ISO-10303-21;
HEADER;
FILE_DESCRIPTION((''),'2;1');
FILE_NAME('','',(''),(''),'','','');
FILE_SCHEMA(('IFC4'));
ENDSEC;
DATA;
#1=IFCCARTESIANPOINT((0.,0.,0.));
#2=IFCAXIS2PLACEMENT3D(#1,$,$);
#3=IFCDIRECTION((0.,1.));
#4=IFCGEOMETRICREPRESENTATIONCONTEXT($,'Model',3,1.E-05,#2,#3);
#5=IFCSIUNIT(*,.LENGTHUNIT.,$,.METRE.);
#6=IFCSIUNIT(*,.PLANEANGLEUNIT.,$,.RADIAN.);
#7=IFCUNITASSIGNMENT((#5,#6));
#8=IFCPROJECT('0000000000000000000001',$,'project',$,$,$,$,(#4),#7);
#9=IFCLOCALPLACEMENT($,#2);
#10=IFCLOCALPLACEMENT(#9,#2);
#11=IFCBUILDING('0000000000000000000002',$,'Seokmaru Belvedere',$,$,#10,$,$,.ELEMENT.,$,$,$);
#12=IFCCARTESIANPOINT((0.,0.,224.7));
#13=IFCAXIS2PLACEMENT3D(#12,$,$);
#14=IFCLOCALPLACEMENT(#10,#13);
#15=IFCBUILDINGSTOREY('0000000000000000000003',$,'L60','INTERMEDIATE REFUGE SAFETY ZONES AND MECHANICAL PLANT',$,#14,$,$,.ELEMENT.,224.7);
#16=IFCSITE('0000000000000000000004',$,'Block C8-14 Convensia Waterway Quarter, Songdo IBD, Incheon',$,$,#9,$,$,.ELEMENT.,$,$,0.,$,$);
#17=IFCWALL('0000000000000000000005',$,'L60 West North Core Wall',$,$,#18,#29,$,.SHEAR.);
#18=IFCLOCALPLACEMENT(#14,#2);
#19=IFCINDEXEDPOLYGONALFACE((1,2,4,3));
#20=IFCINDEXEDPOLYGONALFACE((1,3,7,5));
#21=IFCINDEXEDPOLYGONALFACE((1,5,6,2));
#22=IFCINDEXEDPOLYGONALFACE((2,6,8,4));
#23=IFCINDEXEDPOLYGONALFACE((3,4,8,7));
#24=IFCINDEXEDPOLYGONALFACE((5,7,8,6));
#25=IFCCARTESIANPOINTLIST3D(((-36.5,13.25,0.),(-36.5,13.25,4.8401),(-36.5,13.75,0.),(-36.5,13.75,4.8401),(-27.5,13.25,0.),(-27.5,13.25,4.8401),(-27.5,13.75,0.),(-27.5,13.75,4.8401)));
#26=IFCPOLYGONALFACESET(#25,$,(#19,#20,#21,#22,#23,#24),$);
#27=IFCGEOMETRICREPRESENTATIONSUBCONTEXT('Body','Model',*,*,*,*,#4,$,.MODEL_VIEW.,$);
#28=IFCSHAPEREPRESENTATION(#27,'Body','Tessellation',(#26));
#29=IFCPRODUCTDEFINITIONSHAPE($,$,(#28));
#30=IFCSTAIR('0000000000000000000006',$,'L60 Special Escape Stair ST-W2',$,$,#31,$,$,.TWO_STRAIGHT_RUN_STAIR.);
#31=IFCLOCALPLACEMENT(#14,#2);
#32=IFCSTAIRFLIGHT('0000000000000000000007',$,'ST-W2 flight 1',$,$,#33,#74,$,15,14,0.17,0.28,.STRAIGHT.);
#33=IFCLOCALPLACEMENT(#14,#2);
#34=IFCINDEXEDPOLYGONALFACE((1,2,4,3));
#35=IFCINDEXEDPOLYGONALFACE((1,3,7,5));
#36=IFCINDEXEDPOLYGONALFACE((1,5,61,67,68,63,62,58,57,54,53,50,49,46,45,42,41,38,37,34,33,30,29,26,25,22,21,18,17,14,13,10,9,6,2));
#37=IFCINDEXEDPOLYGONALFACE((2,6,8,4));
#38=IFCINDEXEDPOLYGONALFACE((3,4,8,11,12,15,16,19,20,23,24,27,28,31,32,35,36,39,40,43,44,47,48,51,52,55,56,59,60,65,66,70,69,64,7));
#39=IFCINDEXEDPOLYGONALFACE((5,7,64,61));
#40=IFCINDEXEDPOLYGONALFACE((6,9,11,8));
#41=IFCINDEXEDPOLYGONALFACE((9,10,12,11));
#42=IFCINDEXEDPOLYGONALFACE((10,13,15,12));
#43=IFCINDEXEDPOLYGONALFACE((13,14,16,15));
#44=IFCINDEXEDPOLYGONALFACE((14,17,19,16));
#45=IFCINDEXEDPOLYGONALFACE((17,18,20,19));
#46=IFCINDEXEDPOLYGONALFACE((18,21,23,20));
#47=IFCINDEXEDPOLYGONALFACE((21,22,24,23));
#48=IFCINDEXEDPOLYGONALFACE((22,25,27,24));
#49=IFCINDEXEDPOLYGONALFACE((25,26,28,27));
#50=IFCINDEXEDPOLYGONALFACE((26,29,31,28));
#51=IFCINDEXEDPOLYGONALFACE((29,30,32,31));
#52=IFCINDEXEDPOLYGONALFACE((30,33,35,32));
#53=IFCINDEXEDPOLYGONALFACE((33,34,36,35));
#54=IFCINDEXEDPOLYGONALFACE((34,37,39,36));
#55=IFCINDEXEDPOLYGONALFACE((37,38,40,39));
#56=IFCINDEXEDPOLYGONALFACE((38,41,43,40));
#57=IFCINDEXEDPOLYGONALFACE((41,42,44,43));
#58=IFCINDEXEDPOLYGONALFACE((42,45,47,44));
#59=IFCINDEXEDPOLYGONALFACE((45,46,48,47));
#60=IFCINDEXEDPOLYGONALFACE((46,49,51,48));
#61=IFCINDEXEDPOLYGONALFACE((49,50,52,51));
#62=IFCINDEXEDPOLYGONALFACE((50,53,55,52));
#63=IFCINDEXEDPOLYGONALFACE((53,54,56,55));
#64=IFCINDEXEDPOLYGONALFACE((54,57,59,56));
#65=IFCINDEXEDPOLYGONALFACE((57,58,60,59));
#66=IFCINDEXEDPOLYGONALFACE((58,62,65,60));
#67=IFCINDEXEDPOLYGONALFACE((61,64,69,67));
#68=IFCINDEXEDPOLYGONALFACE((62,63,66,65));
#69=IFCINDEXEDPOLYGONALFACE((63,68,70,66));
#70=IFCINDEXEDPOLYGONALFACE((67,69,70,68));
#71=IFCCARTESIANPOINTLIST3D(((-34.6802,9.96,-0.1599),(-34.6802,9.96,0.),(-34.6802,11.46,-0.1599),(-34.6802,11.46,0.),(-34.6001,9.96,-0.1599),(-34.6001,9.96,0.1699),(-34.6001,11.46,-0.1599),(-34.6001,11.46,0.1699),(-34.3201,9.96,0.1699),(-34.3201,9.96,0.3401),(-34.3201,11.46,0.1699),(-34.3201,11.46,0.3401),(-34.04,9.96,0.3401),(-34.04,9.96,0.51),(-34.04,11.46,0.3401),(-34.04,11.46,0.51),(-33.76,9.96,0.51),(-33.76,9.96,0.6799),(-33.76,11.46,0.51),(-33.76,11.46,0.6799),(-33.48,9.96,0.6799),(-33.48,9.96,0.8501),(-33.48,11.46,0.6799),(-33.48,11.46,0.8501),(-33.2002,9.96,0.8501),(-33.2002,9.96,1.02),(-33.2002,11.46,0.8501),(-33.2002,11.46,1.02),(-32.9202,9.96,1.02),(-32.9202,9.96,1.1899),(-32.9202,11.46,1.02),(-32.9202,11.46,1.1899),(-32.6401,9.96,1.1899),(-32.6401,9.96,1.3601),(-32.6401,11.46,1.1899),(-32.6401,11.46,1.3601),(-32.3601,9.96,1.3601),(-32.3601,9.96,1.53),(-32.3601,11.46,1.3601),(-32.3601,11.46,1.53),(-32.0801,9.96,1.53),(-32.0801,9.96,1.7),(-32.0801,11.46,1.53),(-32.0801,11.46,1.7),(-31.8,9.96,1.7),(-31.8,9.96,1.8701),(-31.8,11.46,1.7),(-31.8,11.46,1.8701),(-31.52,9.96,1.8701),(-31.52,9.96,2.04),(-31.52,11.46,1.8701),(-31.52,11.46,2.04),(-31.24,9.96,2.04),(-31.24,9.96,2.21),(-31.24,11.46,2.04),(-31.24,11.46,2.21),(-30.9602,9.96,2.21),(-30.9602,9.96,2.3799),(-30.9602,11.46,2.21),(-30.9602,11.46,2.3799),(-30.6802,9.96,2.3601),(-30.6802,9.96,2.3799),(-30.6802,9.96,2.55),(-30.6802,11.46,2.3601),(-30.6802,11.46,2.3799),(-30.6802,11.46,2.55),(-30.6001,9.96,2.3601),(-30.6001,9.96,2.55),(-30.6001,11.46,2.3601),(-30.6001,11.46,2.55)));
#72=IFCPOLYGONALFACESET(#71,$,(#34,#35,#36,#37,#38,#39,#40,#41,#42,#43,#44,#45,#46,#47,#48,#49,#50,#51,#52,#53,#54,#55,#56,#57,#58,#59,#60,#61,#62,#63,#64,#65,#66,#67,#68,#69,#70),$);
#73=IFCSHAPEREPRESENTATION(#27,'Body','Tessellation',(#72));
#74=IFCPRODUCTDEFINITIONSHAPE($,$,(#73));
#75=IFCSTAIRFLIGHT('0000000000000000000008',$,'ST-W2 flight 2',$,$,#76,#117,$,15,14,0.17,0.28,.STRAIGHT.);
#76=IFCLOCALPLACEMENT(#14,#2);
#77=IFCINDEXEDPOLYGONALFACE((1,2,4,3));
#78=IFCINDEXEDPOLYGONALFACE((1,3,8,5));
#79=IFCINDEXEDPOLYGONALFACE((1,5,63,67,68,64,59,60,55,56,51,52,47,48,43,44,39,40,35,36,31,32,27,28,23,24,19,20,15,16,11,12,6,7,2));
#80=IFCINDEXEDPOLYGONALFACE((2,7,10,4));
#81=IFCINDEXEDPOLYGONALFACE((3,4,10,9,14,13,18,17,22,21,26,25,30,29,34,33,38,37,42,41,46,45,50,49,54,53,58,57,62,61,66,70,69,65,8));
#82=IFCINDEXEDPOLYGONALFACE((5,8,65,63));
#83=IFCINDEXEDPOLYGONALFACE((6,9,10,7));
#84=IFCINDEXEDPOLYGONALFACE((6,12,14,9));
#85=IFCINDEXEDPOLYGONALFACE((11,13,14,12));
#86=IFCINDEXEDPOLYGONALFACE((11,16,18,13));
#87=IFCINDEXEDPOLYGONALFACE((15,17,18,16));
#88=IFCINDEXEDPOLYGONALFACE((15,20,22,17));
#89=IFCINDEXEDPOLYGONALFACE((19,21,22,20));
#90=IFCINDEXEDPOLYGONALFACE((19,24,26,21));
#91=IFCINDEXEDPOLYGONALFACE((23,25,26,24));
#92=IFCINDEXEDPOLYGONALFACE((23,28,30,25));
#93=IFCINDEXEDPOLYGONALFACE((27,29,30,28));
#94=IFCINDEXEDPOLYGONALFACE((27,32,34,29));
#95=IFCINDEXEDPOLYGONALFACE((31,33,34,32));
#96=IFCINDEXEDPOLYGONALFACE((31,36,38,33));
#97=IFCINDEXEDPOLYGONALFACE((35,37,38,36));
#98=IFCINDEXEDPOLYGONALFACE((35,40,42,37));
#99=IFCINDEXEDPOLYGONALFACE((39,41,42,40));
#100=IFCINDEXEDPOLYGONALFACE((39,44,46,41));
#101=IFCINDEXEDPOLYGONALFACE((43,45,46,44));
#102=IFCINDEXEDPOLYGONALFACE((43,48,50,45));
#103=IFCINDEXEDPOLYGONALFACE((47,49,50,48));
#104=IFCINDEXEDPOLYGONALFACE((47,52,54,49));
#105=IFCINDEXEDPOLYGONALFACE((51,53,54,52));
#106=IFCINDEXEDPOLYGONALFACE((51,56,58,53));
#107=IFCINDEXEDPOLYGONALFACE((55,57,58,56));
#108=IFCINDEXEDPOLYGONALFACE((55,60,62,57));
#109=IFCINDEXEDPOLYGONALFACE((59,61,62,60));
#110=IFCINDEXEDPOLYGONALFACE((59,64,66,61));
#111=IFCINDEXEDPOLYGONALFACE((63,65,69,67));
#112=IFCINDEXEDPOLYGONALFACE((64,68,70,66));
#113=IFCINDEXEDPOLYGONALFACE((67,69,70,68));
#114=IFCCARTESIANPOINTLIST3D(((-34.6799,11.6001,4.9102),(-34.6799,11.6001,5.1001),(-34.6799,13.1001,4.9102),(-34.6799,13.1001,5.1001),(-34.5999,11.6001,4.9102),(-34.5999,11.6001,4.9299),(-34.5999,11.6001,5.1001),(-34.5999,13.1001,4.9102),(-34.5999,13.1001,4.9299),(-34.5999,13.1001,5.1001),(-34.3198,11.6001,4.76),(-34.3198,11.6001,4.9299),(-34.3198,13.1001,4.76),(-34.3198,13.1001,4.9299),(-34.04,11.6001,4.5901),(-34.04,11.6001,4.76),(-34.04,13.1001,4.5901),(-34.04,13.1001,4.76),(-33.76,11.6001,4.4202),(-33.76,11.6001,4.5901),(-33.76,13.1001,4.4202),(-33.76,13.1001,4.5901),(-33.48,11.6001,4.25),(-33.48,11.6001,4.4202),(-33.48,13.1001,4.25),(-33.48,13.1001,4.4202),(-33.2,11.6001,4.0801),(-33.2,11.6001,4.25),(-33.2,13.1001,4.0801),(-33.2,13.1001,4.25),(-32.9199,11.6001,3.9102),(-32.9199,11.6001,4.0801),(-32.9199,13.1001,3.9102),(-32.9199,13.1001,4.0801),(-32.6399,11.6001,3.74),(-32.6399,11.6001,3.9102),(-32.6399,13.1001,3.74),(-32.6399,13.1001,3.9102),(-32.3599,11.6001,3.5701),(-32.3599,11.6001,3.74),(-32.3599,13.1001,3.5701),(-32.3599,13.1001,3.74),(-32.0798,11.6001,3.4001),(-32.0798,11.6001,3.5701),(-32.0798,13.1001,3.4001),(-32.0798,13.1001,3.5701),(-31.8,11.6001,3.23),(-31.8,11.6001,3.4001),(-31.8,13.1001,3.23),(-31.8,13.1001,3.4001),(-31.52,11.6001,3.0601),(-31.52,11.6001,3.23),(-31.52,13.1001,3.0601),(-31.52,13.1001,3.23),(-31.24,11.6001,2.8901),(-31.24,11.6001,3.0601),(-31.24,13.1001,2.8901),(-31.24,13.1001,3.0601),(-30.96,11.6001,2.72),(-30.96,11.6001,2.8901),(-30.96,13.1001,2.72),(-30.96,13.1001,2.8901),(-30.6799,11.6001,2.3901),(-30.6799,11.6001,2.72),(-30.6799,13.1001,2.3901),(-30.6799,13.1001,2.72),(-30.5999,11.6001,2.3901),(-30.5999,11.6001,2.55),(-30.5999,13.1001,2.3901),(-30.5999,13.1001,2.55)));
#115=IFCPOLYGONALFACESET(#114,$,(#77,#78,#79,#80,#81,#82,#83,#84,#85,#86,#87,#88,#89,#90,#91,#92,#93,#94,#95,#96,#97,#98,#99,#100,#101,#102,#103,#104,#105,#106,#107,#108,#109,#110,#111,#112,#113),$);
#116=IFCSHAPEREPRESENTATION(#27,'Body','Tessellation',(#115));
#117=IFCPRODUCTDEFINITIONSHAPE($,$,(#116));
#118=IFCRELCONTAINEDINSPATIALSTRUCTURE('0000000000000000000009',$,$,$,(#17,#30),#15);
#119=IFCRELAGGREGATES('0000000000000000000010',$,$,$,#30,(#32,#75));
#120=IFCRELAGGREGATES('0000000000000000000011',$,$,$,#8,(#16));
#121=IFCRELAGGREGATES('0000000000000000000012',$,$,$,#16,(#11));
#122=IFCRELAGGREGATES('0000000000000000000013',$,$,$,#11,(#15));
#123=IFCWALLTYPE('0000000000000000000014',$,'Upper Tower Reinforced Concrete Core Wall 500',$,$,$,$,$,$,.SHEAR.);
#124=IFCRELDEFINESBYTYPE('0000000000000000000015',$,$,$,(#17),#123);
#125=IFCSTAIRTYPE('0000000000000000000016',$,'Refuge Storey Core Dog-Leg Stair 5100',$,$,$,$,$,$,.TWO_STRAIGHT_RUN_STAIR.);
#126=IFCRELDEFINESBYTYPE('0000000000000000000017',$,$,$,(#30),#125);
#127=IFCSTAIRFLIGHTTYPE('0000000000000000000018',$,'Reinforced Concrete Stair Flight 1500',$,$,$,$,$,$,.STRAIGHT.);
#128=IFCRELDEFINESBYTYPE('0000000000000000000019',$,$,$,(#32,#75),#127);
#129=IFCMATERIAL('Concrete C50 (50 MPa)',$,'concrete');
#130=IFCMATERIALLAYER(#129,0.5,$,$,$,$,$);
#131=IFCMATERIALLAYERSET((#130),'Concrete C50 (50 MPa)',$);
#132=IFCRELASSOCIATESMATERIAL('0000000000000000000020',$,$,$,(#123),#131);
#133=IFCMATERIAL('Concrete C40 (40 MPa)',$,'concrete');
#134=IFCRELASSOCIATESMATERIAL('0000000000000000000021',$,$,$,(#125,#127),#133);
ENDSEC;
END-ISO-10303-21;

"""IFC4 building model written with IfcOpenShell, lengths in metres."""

from ifc_helpers import new_model, si_unit, direction, frame, frame_2d, origin, place, context, subcontext, project, spatial, polyline, rectangle, outline, extrude, material, layer, layer_set, type_object, element, aggregate, save


model = new_model("IFC4")

# Units and contexts
model_context = context("Model", 3, precision=1e-05, world=origin(), true_north=direction((0.0, 1.0)))
body_context = subcontext(model_context, "Body", "Model", "MODEL_VIEW")
ifc_project = project(units=[si_unit("LENGTHUNIT", "METRE"), si_unit("PLANEANGLEUNIT", "RADIAN")], contexts=[model_context])

# Site, building, storey
site_placement = place(None, origin())
site = spatial("IfcSite", under=ifc_project, at=site_placement, Name="Block C8-14 Convensia Waterway Quarter, Songdo IBD, Incheon", CompositionType="ELEMENT", RefElevation=0.0)
building_placement = place(site_placement, origin())
building = spatial("IfcBuilding", under=site, at=building_placement, Name="Seokmaru Belvedere", CompositionType="ELEMENT")
storey_placement = place(building_placement, frame((0.0, 0.0, 224.7)))
storey = spatial("IfcBuildingStorey", under=building, at=storey_placement, Name="L60", Description="INTERMEDIATE REFUGE SAFETY ZONES AND MECHANICAL PLANT", CompositionType="ELEMENT", Elevation=224.7)

# Shared definitions
ifc_material_1 = material(Name="Concrete C50 (50 MPa)", Category="concrete")

# Wall
ifc_material_2 = material(Name="Concrete C40 (40 MPa)", Category="concrete")
ifc_layer_1 = layer(ifc_material_1, 0.5)
ifc_layer_set_1 = layer_set([ifc_layer_1], Name="Concrete C50 (50 MPa)")
wall_type_1 = type_object("IfcWallType", Name="Upper Tower Reinforced Concrete Core Wall 500", PredefinedType="SHEAR", material=ifc_layer_set_1)
wall_1_placement = place(storey_placement, frame((-36.5, 13.5, 0.0), z_axis=(0.0, 0.0, 1.0), x_axis=(1.0, 0.0, 0.0)))
element("IfcWall", 1, at=wall_1_placement, inside=storey, type_object=wall_type_1, Name="L60 West North Core Wall", PredefinedType="SHEAR", context=body_context, shape_type="SweptSolid", body=[
    extrude(rectangle(XDim=9.0, YDim=0.5, at=frame_2d((4.5, 0.0))), origin(), (0.0, 0.0, 1.0), 4.8401),
])

# Stair, stair flights
stair_type = type_object("IfcStairType", Name="Refuge Storey Core Dog-Leg Stair 5100", PredefinedType="TWO_STRAIGHT_RUN_STAIR", material=ifc_material_2)
stair_placement = place(storey_placement, origin())
stair = element("IfcStair", 2, at=stair_placement, inside=storey, type_object=stair_type, Name="L60 Special Escape Stair ST-W2", PredefinedType="TWO_STRAIGHT_RUN_STAIR")
stair_flight_type = type_object("IfcStairFlightType", Name="Reinforced Concrete Stair Flight 1500", PredefinedType="STRAIGHT", material=ifc_material_2)
stair_flight_1_placement = place(storey_placement, frame((-34.6001, 10.71, 0.0), z_axis=(0.0, 0.0, 1.0), x_axis=(1.0, 0.0, 0.0)))
stair_flight_1 = element("IfcStairFlight", 3, at=stair_flight_1_placement, type_object=stair_flight_type, Name="ST-W2 flight 1", NumberOfRisers=15, NumberOfTreads=14, PredefinedType="STRAIGHT", RiserHeight=0.17, TreadLength=0.28, context=body_context, shape_type="SweptSolid", body=[
    extrude(outline(polyline([(-0.0801, 0.0), (0.0, 0.1699), (0.28, 0.1699), (0.28, 0.3401), (0.5601, 0.3401), (0.5601, 0.51), (0.8401, 0.51), (0.8401, 0.6799), (1.1201, 0.6799), (1.1201, 0.8501), (1.3999, 0.8501), (1.3999, 1.02), (1.6799, 1.02), (1.6799, 1.1899), (1.96, 1.1899), (1.96, 1.3601), (2.24, 1.3601), (2.24, 1.53), (2.52, 1.53), (2.52, 1.7), (2.8, 1.7), (2.8, 1.8701), (3.0801, 1.8701), (3.0801, 2.04), (3.3601, 2.04), (3.3601, 2.21), (3.6399, 2.21), (3.6399, 2.3799), (3.9199, 2.3799), (3.9199, 2.55), (4.0, 2.55), (4.0, 2.3601), (3.9199, 2.3601), (0.0, -0.1599), (-0.0801, -0.1599), (-0.0801, 0.0)])), frame((0.0, 0.75, 0.0), z_axis=(0.0, -1.0, 0.0), x_axis=(1.0, 0.0, 0.0)), (0.0, 0.0, 1.0), 1.5),
])
stair_flight_2_placement = place(storey_placement, frame((-30.6799, 12.3501, 2.55), z_axis=(0.0, 0.0, 1.0), x_axis=(-1.0, 0.0, 0.0)))
stair_flight_2 = element("IfcStairFlight", 4, at=stair_flight_2_placement, type_object=stair_flight_type, Name="ST-W2 flight 2", NumberOfRisers=15, NumberOfTreads=14, PredefinedType="STRAIGHT", RiserHeight=0.17, TreadLength=0.28, context=body_context, shape_type="SweptSolid", body=[
    extrude(outline(polyline([(-0.0801, 0.0), (0.0, 0.1699), (0.28, 0.1699), (0.28, 0.3401), (0.5601, 0.3401), (0.5601, 0.51), (0.8401, 0.51), (0.8401, 0.6799), (1.1201, 0.6799), (1.1201, 0.8501), (1.3999, 0.8501), (1.3999, 1.02), (1.6799, 1.02), (1.6799, 1.1899), (1.96, 1.1899), (1.96, 1.3601), (2.24, 1.3601), (2.24, 1.53), (2.52, 1.53), (2.52, 1.7), (2.8, 1.7), (2.8, 1.8701), (3.0801, 1.8701), (3.0801, 2.04), (3.3601, 2.04), (3.3601, 2.21), (3.6399, 2.21), (3.6399, 2.3799), (3.9199, 2.3799), (3.9199, 2.55), (4.0, 2.55), (4.0, 2.3601), (3.9199, 2.3601), (0.0, -0.1599), (-0.0801, -0.1599), (-0.0801, 0.0)])), frame((0.0, 0.75, 0.0), z_axis=(0.0, -1.0, 0.0), x_axis=(1.0, 0.0, 0.0)), (0.0, 0.0, 1.0), 1.5),
])
aggregate(stair, [stair_flight_1, stair_flight_2])

save(model, "model.ifc")
